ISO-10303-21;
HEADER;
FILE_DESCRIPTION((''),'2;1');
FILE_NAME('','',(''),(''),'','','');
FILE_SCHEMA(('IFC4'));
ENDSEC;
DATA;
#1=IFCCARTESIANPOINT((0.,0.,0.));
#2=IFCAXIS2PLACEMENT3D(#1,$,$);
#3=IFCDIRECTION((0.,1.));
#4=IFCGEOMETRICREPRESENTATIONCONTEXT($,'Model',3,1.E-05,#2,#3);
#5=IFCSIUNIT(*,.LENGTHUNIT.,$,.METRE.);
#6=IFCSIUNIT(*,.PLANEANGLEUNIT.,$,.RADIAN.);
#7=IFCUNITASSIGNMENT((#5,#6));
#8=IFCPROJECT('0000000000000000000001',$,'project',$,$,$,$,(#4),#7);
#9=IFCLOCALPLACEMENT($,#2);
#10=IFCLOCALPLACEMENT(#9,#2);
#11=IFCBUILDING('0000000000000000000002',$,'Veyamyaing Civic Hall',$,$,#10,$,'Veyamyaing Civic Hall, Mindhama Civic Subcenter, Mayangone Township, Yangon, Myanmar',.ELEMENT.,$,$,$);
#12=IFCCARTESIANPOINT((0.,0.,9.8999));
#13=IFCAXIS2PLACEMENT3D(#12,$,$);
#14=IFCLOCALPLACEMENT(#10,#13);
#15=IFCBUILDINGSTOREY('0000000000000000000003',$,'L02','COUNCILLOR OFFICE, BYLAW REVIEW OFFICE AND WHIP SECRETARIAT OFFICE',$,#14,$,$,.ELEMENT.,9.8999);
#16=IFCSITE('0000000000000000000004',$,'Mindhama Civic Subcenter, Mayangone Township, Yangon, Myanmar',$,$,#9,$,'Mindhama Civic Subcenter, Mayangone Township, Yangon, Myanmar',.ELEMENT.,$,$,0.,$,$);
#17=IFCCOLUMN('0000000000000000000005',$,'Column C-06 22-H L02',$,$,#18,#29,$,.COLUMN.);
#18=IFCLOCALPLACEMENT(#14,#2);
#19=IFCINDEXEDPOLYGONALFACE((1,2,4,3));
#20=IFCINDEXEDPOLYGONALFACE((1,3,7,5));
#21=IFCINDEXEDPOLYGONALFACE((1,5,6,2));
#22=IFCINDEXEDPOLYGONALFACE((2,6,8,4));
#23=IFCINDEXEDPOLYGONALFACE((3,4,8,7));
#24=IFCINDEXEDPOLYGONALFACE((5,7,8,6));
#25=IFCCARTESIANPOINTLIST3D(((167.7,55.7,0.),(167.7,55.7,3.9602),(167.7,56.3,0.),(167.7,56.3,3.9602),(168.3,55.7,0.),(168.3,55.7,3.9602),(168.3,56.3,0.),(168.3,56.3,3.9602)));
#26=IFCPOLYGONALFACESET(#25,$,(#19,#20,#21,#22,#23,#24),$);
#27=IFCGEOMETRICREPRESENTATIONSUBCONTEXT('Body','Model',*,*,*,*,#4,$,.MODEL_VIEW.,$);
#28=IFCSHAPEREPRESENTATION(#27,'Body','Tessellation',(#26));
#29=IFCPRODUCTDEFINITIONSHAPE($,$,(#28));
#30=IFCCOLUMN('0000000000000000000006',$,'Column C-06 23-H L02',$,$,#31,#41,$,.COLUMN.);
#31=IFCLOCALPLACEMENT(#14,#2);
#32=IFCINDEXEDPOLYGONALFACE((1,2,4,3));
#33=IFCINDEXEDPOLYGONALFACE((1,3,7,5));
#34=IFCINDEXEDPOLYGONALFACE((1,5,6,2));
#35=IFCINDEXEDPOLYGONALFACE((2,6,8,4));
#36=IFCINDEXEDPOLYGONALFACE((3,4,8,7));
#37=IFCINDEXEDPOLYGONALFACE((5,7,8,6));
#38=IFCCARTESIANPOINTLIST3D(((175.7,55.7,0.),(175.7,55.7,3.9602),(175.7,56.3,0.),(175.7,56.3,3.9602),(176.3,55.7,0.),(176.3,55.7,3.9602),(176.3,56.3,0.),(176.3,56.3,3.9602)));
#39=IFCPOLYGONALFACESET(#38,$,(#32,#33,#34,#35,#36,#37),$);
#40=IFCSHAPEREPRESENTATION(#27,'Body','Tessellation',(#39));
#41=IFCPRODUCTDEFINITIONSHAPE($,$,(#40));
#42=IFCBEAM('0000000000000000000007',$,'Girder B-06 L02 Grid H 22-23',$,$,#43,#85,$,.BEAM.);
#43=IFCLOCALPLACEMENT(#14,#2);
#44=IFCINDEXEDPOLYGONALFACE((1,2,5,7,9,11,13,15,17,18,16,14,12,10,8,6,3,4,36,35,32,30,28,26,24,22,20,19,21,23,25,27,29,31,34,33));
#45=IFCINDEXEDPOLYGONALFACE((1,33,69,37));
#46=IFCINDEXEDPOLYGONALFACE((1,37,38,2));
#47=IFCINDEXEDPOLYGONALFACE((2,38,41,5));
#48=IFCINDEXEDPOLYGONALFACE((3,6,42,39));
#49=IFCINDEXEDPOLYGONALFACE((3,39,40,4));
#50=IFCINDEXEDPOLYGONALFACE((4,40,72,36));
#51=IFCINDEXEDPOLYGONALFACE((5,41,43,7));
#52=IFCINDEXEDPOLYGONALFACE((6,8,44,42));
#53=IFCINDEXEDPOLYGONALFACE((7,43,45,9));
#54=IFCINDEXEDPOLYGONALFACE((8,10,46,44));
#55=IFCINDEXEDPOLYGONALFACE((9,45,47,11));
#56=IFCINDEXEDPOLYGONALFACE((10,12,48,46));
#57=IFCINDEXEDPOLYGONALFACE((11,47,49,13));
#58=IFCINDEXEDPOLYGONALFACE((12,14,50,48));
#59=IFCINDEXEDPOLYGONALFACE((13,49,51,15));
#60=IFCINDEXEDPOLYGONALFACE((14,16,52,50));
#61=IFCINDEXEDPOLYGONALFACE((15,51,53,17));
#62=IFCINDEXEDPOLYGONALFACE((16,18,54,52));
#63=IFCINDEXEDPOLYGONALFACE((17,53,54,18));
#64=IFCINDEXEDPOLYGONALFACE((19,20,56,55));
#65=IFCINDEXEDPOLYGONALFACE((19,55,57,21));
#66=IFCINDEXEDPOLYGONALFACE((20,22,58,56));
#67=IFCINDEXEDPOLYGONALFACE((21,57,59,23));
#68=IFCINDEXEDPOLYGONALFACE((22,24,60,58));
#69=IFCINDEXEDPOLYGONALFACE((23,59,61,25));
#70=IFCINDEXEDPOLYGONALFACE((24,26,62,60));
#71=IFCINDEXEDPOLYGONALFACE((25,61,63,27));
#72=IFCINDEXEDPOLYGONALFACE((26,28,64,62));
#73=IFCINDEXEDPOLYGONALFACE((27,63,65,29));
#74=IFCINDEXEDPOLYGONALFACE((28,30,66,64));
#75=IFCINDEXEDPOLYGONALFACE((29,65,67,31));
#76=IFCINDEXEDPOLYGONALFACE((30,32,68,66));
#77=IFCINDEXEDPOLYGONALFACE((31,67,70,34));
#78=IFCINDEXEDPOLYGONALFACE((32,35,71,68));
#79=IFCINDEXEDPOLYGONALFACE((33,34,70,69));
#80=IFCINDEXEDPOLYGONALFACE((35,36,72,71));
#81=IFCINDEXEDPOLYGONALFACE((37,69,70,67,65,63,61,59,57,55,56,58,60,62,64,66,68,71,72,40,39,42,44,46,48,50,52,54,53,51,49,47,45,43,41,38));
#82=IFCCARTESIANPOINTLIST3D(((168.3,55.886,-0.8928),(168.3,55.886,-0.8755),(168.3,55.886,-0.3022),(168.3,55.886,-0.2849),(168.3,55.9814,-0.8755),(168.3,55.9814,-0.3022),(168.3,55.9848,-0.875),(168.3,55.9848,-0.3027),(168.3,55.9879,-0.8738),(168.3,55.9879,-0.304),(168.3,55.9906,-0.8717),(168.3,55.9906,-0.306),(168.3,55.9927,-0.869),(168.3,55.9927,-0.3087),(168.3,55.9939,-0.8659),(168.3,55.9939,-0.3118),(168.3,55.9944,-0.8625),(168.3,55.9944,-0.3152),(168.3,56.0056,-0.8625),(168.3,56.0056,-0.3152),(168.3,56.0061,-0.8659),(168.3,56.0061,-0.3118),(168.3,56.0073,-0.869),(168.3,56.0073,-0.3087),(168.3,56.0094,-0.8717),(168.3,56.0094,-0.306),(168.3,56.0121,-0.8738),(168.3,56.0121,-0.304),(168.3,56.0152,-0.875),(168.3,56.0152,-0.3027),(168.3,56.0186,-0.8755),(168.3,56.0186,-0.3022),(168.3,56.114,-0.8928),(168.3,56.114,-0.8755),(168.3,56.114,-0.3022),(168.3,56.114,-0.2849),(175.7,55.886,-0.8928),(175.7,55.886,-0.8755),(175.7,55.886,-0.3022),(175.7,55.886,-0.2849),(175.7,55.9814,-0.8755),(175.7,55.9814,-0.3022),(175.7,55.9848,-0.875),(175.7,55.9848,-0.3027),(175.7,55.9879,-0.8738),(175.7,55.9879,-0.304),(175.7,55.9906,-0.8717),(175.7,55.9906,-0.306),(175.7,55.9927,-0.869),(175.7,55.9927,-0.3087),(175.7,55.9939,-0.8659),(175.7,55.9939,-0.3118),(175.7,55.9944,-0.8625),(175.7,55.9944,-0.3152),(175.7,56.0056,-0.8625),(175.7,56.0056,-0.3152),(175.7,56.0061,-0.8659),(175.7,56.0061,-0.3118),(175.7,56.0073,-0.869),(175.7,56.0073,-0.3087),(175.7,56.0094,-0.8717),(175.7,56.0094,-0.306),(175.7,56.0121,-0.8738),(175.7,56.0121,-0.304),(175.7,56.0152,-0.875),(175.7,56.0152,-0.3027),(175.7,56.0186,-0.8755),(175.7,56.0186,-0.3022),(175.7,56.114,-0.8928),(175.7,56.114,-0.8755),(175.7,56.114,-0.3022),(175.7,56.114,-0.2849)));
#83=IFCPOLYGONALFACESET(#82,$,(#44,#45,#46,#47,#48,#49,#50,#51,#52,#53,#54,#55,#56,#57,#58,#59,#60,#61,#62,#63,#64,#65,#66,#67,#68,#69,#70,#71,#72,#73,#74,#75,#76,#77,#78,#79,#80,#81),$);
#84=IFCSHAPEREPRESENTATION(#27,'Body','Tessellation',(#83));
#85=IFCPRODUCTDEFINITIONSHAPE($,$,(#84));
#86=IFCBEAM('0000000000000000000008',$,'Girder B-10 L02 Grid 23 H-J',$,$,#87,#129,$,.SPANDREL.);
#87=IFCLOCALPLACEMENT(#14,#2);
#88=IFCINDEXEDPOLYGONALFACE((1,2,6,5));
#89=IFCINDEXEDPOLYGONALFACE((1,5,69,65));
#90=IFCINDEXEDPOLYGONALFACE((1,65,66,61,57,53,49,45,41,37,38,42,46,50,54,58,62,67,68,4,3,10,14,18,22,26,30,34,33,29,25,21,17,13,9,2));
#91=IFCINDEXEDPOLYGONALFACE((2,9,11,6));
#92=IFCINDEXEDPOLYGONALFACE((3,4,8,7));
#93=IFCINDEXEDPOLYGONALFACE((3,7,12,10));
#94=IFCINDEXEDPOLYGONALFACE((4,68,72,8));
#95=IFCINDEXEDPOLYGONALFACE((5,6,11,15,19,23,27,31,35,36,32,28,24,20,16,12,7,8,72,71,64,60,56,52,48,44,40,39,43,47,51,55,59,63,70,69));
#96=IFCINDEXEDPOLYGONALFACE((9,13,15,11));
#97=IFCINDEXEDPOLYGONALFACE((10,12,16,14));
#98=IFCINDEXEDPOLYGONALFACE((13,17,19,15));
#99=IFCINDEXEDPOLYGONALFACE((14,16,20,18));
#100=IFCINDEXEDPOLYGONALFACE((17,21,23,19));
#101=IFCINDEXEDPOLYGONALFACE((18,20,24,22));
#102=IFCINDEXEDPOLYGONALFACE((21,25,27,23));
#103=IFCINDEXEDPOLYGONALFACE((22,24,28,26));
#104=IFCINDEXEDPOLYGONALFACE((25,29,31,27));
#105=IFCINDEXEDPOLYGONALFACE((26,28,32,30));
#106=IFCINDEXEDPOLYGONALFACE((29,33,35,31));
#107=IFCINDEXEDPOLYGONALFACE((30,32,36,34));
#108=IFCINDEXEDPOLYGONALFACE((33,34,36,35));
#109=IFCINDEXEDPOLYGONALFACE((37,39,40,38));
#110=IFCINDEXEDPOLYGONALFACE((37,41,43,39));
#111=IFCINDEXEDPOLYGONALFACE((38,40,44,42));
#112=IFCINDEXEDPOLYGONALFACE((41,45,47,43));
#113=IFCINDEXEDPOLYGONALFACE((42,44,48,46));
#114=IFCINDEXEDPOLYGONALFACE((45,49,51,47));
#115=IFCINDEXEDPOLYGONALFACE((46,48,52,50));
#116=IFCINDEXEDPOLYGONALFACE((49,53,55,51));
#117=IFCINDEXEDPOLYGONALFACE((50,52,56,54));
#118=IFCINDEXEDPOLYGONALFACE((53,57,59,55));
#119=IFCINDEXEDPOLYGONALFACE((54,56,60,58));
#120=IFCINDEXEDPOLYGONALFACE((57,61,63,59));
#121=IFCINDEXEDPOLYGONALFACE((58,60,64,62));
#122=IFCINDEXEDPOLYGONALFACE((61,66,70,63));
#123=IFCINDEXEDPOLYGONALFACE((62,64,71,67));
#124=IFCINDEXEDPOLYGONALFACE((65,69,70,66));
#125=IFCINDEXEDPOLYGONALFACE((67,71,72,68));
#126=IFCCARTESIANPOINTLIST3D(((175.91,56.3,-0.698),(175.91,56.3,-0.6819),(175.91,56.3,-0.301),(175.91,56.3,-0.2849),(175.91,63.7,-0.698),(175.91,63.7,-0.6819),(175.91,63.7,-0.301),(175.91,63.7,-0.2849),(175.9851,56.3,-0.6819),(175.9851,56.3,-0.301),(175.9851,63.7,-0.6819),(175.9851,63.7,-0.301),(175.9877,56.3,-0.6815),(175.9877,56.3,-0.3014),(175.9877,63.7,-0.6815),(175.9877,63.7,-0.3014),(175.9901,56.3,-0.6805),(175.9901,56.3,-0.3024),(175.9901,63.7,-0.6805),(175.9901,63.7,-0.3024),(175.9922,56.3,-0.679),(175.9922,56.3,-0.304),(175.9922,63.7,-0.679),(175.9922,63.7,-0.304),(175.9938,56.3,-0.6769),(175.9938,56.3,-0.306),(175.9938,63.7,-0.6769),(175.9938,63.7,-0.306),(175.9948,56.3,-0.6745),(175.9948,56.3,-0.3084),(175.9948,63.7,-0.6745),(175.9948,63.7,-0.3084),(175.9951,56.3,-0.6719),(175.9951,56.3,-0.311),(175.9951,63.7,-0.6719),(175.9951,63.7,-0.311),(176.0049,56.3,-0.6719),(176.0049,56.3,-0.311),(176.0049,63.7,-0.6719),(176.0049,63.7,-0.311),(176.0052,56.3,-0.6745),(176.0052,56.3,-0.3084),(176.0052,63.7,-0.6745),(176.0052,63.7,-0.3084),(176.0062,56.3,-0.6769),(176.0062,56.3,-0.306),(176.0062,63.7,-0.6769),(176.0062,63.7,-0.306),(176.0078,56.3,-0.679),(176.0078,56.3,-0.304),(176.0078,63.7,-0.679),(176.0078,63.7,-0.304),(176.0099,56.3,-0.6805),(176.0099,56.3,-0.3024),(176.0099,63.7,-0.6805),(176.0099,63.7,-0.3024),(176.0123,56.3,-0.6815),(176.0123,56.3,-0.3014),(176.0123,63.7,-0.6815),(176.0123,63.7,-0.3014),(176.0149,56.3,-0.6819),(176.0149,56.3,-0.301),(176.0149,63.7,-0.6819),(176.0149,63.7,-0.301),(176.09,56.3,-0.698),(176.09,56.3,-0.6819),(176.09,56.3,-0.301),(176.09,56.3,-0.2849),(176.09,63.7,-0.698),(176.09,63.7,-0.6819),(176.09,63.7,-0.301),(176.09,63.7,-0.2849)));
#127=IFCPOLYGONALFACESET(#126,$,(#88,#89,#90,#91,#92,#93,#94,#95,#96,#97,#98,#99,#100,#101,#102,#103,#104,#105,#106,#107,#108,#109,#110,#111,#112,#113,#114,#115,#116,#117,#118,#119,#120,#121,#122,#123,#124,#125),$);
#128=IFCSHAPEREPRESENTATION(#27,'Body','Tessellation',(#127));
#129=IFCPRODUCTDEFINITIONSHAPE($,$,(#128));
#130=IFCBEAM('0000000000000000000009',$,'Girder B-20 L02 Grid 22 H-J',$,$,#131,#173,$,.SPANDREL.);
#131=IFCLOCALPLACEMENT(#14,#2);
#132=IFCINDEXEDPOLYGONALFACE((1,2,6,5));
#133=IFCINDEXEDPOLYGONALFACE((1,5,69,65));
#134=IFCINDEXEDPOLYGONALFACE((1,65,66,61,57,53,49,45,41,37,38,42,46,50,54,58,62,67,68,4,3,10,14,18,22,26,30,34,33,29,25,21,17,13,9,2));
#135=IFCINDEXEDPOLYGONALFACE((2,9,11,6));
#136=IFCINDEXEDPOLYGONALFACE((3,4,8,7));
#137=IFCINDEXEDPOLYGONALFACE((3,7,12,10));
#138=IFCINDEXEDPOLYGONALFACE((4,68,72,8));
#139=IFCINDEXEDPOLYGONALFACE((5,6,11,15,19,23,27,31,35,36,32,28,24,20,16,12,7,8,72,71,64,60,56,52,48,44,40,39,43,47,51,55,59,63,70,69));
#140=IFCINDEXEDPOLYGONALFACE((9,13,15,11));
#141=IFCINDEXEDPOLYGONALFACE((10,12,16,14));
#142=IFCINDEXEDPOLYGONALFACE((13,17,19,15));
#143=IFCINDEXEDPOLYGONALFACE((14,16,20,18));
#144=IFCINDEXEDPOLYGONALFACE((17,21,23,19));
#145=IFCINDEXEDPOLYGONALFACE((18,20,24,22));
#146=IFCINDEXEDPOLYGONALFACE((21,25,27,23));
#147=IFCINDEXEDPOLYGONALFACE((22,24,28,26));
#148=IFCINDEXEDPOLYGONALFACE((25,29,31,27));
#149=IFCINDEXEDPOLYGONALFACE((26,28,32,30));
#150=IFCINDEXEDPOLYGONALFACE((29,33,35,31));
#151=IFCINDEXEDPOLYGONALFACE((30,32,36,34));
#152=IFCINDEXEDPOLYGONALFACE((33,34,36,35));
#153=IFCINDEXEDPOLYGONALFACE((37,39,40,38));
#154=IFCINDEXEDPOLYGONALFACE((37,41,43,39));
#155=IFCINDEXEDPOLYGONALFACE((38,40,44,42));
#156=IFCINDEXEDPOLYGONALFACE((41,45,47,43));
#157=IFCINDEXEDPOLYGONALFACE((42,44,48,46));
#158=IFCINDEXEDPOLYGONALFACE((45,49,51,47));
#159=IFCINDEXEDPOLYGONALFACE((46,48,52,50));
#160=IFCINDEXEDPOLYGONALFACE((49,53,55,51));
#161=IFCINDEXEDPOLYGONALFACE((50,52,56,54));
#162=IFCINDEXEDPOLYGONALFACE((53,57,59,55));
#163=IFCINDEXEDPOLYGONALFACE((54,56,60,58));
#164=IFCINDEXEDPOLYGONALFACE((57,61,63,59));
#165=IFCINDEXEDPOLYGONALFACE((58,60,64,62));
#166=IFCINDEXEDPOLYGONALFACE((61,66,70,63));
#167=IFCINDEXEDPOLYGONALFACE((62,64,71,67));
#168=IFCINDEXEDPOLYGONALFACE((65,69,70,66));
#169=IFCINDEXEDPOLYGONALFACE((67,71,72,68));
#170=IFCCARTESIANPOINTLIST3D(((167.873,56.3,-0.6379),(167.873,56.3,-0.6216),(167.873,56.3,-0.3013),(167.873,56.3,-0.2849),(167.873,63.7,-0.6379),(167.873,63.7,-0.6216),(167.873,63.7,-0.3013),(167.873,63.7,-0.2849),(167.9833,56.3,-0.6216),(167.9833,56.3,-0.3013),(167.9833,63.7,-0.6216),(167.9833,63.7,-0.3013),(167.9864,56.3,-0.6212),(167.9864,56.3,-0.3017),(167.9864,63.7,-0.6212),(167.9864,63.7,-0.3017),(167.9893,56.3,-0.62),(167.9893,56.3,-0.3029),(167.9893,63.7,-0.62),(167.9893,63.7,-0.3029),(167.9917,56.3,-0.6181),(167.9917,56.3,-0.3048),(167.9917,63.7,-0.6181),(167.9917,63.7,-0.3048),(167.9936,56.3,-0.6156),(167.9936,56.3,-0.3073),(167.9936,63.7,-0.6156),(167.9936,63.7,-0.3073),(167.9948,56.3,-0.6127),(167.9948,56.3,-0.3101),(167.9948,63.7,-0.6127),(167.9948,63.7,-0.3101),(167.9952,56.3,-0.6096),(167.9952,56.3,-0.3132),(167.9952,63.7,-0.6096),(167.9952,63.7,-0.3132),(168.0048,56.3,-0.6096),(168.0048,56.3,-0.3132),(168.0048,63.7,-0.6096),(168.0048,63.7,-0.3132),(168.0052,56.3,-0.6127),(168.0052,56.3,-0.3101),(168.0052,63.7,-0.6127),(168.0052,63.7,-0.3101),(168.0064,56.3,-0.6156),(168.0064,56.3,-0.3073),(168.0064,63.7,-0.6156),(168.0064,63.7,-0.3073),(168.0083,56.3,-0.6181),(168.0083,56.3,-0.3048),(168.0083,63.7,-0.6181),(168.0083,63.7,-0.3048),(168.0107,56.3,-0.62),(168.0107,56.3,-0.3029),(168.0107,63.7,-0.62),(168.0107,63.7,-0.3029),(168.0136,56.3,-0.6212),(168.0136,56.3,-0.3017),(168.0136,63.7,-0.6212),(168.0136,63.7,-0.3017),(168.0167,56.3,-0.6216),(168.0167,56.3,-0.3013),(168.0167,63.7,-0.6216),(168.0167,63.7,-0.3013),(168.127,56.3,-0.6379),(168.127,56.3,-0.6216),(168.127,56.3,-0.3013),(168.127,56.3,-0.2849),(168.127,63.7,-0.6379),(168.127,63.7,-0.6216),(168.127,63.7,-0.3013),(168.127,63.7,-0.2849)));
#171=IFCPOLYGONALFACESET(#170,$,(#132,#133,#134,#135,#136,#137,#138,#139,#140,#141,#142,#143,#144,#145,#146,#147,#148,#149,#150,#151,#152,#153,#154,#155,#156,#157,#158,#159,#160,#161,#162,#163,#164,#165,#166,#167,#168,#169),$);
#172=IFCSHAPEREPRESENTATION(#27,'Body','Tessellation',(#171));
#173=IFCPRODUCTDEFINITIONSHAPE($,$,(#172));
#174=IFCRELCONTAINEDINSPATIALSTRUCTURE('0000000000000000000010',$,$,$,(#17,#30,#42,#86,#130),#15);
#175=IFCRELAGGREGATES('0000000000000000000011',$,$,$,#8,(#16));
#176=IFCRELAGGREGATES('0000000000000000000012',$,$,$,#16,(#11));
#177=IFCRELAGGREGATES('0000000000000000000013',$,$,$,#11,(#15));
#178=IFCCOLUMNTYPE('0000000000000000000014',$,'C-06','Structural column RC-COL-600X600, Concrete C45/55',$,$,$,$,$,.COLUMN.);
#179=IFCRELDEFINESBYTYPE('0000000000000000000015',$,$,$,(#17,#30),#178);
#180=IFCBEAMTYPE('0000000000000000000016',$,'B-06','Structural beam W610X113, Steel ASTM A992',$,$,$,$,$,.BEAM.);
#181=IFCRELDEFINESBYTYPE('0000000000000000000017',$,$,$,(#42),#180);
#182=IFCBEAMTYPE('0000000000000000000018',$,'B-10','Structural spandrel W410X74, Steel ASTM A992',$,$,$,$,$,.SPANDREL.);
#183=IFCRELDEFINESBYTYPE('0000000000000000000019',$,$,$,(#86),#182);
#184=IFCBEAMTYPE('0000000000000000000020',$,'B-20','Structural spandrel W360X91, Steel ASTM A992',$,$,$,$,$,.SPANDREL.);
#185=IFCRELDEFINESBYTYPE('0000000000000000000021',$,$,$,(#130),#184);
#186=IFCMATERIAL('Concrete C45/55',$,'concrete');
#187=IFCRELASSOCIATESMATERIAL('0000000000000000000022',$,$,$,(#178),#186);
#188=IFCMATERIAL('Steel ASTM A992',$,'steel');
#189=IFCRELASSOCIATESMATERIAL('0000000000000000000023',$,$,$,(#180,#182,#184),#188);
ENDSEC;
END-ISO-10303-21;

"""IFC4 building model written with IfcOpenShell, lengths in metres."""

from ifc_helpers import new_model, si_unit, direction, frame, origin, origin_2d, place, context, subcontext, project, spatial, rectangle, i_section, extrude, material, material_profile, profile_set, type_object, element, save


model = new_model("IFC4")

# Units and contexts
model_context = context("Model", 3, precision=1e-05, world=origin(), true_north=direction((0.0, 1.0)))
body_context = subcontext(model_context, "Body", "Model", "MODEL_VIEW")
ifc_project = project(units=[si_unit("LENGTHUNIT", "METRE"), si_unit("PLANEANGLEUNIT", "RADIAN")], contexts=[model_context])

# Site, building, storey
site_placement = place(None, origin())
site = spatial("IfcSite", under=ifc_project, at=site_placement, Name="Mindhama Civic Subcenter, Mayangone Township, Yangon, Myanmar", LongName="Mindhama Civic Subcenter, Mayangone Township, Yangon, Myanmar", CompositionType="ELEMENT", RefElevation=0.0)
building_placement = place(site_placement, origin())
building = spatial("IfcBuilding", under=site, at=building_placement, Name="Veyamyaing Civic Hall", LongName="Veyamyaing Civic Hall, Mindhama Civic Subcenter, Mayangone Township, Yangon, Myanmar", CompositionType="ELEMENT")
storey_placement = place(building_placement, frame((0.0, 0.0, 9.8999)))
storey = spatial("IfcBuildingStorey", under=building, at=storey_placement, Name="L02", Description="COUNCILLOR OFFICE, BYLAW REVIEW OFFICE AND WHIP SECRETARIAT OFFICE", CompositionType="ELEMENT", Elevation=9.8999)

# Columns
ifc_material_1 = material(Name="Concrete C45/55", Category="concrete")
ifc_material_profile_1 = material_profile(ifc_material_1, rectangle(XDim=0.6001, YDim=0.6001, at=origin_2d()), Name="RC-COL-600X600")
ifc_profile_set_1 = profile_set([ifc_material_profile_1], Name="Concrete C45/55")
column_type = type_object("IfcColumnType", Name="C-06", Description="Structural column RC-COL-600X600, Concrete C45/55", PredefinedType="COLUMN", material=ifc_profile_set_1)
for number, where, z_axis, x_axis, name in (
    (1, (168.0, 56.0, 0.0), (0.0, 0.0, 1.0), (1.0, 0.0, 0.0), "Column C-06 22-H L02"),
    (2, (176.0, 56.0, 0.0), (0.0, 0.0, 1.0), (1.0, 0.0, 0.0), "Column C-06 23-H L02"),
):
    element("IfcColumn", number, at=place(storey_placement, frame(where, z_axis=z_axis, x_axis=x_axis)), inside=storey, type_object=column_type, Name=name, PredefinedType="COLUMN", context=body_context, shape_type="SweptSolid", body=[
        extrude(rectangle(XDim=0.6001, YDim=0.6001, at=origin_2d()), origin(), (0.0, 0.0, 1.0), 3.9602),
    ])

# Beams
ifc_material_2 = material(Name="Steel ASTM A992", Category="steel")
ifc_material_profile_2 = material_profile(ifc_material_2, i_section(OverallWidth=0.228, OverallDepth=0.6079, WebThickness=0.0112, FlangeThickness=0.0173, FilletRadius=0.0129, at=origin_2d()), Name="W610X113")
ifc_profile_set_2 = profile_set([ifc_material_profile_2], Name="Steel ASTM A992")
beam_type_1 = type_object("IfcBeamType", Name="B-06", Description="Structural beam W610X113, Steel ASTM A992", PredefinedType="BEAM", material=ifc_profile_set_2)
beam_1_placement = place(storey_placement, frame((168.3, 56.0, -0.5889), z_axis=(1.0, 0.0, 0.0), x_axis=(0.0, 1.0, 0.0)))
element("IfcBeam", 3, at=beam_1_placement, inside=storey, type_object=beam_type_1, Name="Girder B-06 L02 Grid H 22-23", PredefinedType="BEAM", context=body_context, shape_type="SweptSolid", body=[
    extrude(i_section(OverallWidth=0.228, OverallDepth=0.6079, WebThickness=0.0112, FlangeThickness=0.0173, FilletRadius=0.0129, at=origin_2d()), origin(), (0.0, 0.0, 1.0), 7.3999),
])
ifc_material_profile_3 = material_profile(ifc_material_2, i_section(OverallWidth=0.1799, OverallDepth=0.4131, WebThickness=0.0098, FlangeThickness=0.0161, FilletRadius=0.01, at=origin_2d()), Name="W410X74")
ifc_profile_set_3 = profile_set([ifc_material_profile_3], Name="Steel ASTM A992")
beam_type_2 = type_object("IfcBeamType", Name="B-10", Description="Structural spandrel W410X74, Steel ASTM A992", PredefinedType="SPANDREL", material=ifc_profile_set_3)
beam_2_placement = place(storey_placement, frame((176.0, 56.3, -0.4915), z_axis=(0.0, 1.0, 0.0), x_axis=(-1.0, 0.0, 0.0)))
element("IfcBeam", 4, at=beam_2_placement, inside=storey, type_object=beam_type_2, Name="Girder B-10 L02 Grid 23 H-J", PredefinedType="SPANDREL", context=body_context, shape_type="SweptSolid", body=[
    extrude(i_section(OverallWidth=0.1799, OverallDepth=0.4131, WebThickness=0.0098, FlangeThickness=0.0161, FilletRadius=0.01, at=origin_2d()), origin(), (0.0, 0.0, 1.0), 7.3999),
])
ifc_material_profile_4 = material_profile(ifc_material_2, i_section(OverallWidth=0.2539, OverallDepth=0.353, WebThickness=0.0095, FlangeThickness=0.0164, FilletRadius=0.012, at=origin_2d()), Name="W360X91")
ifc_profile_set_4 = profile_set([ifc_material_profile_4], Name="Steel ASTM A992")
beam_type_3 = type_object("IfcBeamType", Name="B-20", Description="Structural spandrel W360X91, Steel ASTM A992", PredefinedType="SPANDREL", material=ifc_profile_set_4)
beam_3_placement = place(storey_placement, frame((168.0, 56.3, -0.4614), z_axis=(0.0, 1.0, 0.0), x_axis=(-1.0, 0.0, 0.0)))
element("IfcBeam", 5, at=beam_3_placement, inside=storey, type_object=beam_type_3, Name="Girder B-20 L02 Grid 22 H-J", PredefinedType="SPANDREL", context=body_context, shape_type="SweptSolid", body=[
    extrude(i_section(OverallWidth=0.2539, OverallDepth=0.353, WebThickness=0.0095, FlangeThickness=0.0164, FilletRadius=0.012, at=origin_2d()), origin(), (0.0, 0.0, 1.0), 7.3999),
])

save(model, "model.ifc")
